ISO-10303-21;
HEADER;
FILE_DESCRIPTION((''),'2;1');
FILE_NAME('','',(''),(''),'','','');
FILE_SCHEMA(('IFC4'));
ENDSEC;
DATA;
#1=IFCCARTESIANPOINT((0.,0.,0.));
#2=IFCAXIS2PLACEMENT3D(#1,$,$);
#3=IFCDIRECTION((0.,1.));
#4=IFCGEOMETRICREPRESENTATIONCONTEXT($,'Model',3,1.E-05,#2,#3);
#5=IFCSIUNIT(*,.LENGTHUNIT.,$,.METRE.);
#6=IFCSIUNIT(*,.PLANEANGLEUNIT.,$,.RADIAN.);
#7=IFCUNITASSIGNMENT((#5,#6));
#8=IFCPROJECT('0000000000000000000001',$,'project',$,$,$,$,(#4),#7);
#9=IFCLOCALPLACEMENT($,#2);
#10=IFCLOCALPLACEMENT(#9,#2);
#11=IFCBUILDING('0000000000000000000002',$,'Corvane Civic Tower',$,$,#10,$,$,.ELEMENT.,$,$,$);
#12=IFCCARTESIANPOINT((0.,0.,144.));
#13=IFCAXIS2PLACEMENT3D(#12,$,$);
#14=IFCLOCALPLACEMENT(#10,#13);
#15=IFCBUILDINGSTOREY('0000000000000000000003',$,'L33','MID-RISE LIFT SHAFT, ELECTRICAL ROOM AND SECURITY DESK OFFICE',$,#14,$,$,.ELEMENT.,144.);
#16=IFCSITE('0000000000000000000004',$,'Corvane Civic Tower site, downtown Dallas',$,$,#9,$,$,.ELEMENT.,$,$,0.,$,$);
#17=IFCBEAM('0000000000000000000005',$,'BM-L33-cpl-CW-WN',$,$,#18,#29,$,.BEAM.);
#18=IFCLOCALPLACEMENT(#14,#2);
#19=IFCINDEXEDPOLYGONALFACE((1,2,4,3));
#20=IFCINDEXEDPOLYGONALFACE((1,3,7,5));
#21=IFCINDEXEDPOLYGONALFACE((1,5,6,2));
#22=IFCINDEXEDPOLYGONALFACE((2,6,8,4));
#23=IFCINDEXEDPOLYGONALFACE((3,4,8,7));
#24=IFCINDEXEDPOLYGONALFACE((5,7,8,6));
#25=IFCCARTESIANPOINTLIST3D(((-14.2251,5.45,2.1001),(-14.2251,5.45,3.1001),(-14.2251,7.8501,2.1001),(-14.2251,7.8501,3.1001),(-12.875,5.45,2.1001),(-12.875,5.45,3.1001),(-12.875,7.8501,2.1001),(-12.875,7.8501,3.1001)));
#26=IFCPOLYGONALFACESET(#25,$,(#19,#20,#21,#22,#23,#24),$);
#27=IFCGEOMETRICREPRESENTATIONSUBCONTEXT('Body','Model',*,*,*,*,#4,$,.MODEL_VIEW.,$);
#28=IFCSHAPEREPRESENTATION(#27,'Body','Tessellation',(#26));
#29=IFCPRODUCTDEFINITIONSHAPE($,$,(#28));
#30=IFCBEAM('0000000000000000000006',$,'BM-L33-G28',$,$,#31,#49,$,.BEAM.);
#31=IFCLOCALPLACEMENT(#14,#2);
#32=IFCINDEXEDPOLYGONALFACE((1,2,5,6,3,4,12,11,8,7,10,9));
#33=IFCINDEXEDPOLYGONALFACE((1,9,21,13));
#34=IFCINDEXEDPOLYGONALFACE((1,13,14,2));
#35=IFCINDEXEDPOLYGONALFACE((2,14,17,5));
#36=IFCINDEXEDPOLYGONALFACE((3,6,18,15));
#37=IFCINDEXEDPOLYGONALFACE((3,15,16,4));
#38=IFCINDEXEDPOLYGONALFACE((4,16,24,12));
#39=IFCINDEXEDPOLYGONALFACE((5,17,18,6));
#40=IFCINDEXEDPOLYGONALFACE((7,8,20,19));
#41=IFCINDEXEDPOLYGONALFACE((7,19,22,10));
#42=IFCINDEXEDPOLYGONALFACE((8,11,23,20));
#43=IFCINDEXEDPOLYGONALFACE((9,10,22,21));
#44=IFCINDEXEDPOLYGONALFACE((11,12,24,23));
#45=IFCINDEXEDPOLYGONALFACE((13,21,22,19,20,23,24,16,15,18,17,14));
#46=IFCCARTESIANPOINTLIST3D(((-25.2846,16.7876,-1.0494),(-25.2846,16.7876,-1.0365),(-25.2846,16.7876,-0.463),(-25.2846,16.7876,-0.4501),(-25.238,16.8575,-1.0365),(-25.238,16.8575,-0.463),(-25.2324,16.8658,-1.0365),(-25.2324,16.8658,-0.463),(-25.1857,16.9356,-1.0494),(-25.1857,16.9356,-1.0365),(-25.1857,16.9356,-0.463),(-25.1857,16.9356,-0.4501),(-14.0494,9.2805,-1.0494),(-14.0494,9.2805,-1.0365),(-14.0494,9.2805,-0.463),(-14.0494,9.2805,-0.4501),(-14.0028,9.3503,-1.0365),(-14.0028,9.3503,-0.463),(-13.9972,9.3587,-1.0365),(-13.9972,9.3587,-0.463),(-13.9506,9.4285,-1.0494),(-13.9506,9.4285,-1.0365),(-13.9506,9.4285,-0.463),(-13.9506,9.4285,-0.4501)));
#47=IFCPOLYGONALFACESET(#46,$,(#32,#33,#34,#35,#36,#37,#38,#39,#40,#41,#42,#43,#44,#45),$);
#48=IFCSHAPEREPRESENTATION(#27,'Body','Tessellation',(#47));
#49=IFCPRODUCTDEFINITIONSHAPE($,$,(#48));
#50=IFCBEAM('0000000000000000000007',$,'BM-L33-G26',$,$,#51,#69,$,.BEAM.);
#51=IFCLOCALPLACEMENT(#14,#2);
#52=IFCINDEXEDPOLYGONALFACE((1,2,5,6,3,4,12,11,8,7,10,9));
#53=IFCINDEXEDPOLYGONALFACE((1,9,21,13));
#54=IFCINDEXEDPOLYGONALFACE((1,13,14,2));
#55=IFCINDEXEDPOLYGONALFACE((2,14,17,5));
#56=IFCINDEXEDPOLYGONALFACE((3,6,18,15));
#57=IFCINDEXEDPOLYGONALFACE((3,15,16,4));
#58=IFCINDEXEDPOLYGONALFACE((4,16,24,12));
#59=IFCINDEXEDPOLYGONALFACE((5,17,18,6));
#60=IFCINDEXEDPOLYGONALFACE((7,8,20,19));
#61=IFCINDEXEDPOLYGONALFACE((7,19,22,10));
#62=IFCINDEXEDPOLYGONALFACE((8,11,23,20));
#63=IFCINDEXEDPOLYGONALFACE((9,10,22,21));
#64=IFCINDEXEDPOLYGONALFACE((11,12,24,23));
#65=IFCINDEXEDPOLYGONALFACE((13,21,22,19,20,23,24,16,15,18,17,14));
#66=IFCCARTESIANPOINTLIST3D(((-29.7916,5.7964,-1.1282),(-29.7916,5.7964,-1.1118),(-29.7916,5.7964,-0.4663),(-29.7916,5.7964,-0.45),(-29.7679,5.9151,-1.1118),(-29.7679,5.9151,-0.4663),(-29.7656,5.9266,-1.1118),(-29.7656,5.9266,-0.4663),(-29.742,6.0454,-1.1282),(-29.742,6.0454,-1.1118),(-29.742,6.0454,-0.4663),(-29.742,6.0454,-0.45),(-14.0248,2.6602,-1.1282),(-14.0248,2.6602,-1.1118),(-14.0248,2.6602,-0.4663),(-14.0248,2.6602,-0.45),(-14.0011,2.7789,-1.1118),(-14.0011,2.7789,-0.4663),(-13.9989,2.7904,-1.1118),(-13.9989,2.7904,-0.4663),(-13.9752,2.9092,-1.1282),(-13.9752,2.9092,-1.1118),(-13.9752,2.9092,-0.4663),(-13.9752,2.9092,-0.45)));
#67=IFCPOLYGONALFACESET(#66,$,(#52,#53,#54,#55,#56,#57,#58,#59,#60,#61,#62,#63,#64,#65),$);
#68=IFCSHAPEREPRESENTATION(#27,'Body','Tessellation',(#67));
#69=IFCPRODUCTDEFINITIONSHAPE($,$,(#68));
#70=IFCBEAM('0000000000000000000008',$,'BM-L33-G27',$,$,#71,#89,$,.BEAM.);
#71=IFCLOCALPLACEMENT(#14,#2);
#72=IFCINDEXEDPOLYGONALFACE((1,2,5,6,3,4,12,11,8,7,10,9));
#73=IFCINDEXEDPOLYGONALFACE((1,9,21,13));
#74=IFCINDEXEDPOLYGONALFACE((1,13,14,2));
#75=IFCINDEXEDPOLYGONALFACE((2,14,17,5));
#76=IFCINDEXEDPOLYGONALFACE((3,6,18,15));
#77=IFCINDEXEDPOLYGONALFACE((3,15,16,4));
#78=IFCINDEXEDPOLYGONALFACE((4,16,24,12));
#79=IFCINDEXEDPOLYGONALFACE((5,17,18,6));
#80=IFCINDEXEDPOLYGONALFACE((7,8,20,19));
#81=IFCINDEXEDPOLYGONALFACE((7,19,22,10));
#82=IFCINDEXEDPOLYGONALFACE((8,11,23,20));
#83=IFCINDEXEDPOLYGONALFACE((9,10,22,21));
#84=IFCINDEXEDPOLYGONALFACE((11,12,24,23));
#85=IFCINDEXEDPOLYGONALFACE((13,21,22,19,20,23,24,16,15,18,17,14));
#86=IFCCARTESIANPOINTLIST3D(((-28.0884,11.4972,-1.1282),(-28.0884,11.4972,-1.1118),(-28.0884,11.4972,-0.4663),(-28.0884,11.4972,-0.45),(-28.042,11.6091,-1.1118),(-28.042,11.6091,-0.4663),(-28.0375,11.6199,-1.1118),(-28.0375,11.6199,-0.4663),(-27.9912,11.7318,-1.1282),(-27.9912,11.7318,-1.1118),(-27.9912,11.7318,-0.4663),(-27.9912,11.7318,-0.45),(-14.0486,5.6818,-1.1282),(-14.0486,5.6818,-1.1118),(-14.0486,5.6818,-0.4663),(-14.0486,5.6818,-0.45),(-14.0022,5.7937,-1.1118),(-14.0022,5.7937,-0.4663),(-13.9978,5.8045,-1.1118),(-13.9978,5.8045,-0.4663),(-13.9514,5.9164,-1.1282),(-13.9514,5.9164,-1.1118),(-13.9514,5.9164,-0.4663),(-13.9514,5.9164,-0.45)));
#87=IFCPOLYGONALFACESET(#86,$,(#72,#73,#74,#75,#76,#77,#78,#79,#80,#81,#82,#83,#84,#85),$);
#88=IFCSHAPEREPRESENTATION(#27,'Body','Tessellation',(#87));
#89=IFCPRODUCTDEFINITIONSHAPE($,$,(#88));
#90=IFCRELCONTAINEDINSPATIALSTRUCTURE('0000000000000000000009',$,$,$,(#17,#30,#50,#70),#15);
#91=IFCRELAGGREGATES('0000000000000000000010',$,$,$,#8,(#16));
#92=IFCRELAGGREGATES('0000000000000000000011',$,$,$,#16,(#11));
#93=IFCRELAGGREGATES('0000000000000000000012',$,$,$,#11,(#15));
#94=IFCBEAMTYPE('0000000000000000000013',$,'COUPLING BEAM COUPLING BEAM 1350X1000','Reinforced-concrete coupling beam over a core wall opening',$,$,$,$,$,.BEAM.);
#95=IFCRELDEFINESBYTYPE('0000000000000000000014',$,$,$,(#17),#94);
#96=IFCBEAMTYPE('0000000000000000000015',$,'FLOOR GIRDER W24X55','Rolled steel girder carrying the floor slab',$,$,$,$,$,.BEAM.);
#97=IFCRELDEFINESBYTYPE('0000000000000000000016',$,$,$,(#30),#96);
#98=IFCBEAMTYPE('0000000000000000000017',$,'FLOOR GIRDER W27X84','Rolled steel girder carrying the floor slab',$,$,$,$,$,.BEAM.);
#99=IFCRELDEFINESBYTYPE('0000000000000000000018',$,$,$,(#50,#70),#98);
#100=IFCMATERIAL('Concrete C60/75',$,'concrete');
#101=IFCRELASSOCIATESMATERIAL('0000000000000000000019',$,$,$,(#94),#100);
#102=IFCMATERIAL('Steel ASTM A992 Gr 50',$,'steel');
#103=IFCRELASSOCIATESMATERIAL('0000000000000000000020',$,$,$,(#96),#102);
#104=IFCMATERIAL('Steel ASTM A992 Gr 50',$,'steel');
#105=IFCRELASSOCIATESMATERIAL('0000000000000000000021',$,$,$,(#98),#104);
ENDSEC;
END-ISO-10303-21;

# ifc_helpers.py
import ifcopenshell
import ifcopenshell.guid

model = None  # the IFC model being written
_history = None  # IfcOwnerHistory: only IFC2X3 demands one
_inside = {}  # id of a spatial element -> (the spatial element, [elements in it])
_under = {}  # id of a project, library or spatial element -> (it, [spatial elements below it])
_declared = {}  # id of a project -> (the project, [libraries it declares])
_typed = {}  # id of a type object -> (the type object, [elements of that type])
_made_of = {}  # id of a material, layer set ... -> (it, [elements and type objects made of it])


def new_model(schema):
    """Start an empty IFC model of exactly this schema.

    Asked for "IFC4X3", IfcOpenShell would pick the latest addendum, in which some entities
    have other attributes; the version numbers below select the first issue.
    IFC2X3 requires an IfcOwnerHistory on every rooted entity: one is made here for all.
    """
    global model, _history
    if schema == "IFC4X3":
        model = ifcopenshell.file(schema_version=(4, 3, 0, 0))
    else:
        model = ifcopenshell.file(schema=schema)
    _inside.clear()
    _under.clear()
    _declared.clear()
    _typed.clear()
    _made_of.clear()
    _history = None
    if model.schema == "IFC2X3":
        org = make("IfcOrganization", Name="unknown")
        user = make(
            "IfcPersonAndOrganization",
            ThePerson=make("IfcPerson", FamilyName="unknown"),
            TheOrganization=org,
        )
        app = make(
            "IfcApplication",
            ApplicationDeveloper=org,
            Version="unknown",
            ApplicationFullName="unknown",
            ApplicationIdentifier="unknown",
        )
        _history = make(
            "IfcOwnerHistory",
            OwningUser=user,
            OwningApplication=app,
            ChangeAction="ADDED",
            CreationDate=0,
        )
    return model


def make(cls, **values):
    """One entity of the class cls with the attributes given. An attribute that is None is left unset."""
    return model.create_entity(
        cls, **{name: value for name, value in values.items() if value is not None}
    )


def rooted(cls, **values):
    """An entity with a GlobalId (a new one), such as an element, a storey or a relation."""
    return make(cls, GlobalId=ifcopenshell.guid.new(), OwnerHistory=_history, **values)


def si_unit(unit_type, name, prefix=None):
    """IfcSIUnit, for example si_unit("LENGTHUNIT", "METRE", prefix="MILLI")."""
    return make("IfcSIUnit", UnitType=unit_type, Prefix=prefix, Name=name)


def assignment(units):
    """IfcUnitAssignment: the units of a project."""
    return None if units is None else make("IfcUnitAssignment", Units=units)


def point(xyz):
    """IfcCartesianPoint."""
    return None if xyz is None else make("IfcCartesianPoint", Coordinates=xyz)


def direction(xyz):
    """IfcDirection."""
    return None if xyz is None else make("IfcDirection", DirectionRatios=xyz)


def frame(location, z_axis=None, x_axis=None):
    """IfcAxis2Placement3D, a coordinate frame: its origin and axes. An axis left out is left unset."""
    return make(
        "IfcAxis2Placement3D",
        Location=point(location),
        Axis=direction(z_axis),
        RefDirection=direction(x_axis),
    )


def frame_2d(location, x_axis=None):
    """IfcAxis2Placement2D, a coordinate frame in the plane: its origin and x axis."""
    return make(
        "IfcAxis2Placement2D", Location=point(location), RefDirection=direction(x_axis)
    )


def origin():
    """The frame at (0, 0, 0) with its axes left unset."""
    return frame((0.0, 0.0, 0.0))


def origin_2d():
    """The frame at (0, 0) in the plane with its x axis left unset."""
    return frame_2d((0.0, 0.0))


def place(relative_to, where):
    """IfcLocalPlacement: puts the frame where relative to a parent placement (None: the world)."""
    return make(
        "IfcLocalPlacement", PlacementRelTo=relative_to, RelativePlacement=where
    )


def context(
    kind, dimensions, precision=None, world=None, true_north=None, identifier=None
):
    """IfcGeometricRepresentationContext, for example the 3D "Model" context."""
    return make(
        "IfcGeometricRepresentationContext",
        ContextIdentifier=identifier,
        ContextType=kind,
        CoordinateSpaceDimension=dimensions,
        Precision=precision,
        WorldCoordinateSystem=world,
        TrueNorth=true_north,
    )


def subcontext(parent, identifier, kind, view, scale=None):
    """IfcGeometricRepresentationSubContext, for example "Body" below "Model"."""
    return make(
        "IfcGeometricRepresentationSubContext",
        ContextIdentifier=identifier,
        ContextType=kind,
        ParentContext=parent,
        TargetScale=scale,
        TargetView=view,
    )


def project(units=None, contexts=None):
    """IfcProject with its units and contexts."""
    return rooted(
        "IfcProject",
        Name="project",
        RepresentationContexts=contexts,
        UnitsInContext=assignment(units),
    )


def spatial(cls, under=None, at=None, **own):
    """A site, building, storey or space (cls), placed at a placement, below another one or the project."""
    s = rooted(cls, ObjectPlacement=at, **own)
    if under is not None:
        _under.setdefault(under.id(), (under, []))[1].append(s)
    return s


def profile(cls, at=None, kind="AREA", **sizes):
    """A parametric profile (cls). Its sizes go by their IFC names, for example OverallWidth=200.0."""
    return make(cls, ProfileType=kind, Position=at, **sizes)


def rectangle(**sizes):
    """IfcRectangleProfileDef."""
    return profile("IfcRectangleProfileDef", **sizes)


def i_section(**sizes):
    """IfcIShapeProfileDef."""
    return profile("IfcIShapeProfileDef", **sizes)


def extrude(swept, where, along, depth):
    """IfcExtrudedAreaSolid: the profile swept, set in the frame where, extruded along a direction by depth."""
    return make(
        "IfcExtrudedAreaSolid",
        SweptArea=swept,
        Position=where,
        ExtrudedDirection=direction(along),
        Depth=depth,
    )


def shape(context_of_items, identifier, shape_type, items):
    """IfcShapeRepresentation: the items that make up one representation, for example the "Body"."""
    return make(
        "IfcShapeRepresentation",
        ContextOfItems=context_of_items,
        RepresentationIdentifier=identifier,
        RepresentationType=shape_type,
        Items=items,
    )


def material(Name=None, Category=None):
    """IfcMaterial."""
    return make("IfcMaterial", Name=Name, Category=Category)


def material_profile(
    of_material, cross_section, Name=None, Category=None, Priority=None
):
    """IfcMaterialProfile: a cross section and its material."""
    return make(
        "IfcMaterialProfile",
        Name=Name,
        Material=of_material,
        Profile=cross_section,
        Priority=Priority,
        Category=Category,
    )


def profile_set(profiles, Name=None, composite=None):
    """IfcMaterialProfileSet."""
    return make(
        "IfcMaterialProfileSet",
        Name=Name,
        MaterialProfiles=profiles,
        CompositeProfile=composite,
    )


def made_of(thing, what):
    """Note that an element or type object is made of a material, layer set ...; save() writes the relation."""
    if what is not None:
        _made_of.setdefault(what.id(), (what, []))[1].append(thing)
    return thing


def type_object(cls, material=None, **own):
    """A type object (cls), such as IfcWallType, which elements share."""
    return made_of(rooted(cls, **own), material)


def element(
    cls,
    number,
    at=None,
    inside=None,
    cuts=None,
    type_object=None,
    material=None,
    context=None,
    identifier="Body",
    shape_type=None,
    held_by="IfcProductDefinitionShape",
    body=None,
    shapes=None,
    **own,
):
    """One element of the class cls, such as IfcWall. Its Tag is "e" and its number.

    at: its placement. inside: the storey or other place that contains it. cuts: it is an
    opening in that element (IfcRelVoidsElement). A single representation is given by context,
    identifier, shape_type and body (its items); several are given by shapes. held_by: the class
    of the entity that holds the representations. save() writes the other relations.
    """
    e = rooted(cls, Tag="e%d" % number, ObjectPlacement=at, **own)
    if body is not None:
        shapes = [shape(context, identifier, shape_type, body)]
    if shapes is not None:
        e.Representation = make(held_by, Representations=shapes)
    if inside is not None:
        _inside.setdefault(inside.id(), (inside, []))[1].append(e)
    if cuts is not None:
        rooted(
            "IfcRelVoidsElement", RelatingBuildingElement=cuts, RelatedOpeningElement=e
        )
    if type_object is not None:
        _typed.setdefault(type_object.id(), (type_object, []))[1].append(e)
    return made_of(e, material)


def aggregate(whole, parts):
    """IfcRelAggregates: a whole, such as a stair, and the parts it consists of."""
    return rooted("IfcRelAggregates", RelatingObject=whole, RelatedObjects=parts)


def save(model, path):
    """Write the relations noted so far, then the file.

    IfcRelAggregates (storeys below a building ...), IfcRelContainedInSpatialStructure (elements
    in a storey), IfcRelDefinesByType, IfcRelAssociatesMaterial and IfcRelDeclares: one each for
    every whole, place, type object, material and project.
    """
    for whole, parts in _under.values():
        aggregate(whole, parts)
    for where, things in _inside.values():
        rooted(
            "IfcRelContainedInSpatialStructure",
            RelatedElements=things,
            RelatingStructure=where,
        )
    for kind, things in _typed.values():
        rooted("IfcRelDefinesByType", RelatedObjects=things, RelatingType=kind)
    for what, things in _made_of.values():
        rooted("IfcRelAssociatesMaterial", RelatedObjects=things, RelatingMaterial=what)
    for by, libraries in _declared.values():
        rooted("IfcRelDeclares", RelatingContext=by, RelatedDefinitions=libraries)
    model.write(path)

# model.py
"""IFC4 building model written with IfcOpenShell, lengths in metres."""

from ifc_helpers import new_model, si_unit, direction, frame, origin, origin_2d, place, context, subcontext, project, spatial, rectangle, i_section, extrude, material, material_profile, profile_set, type_object, element, save


model = new_model("IFC4")

# Units and contexts
model_context = context("Model", 3, precision=1e-05, world=origin(), true_north=direction((0.0, 1.0)))
body_context = subcontext(model_context, "Body", "Model", "MODEL_VIEW")
ifc_project = project(units=[si_unit("LENGTHUNIT", "METRE"), si_unit("PLANEANGLEUNIT", "RADIAN")], contexts=[model_context])

# Site, building, storey
site_placement = place(None, origin())
site = spatial("IfcSite", under=ifc_project, at=site_placement, Name="Corvane Civic Tower site, downtown Dallas", CompositionType="ELEMENT", RefElevation=0.0)
building_placement = place(site_placement, origin())
building = spatial("IfcBuilding", under=site, at=building_placement, Name="Corvane Civic Tower", CompositionType="ELEMENT")
storey_placement = place(building_placement, frame((0.0, 0.0, 144.0)))
storey = spatial("IfcBuildingStorey", under=building, at=storey_placement, Name="L33", Description="MID-RISE LIFT SHAFT, ELECTRICAL ROOM AND SECURITY DESK OFFICE", CompositionType="ELEMENT", Elevation=144.0)

# Beams
ifc_material_1 = material(Name="Concrete C60/75", Category="concrete")
ifc_material_profile_1 = material_profile(ifc_material_1, rectangle(XDim=1.3501, YDim=1.0, at=origin_2d()), Name="COUPLING BEAM 1350X1000")
ifc_profile_set_1 = profile_set([ifc_material_profile_1], Name="Concrete C60/75")
beam_type_1 = type_object("IfcBeamType", Name="COUPLING BEAM COUPLING BEAM 1350X1000", Description="Reinforced-concrete coupling beam over a core wall opening", PredefinedType="BEAM", material=ifc_profile_set_1)
beam_1_placement = place(storey_placement, frame((-13.55, 5.45, 2.6001), z_axis=(0.0, 1.0, 0.0), x_axis=(-1.0, 0.0, 0.0)))
element("IfcBeam", 1, at=beam_1_placement, inside=storey, type_object=beam_type_1, Name="BM-L33-cpl-CW-WN", PredefinedType="BEAM", context=body_context, shape_type="SweptSolid", body=[
    extrude(rectangle(XDim=1.3501, YDim=1.0, at=origin_2d()), origin(), (0.0, 0.0, 1.0), 2.4001),
])
ifc_material_2 = material(Name="Steel ASTM A992 Gr 50", Category="steel")
ifc_material_profile_2 = material_profile(ifc_material_2, i_section(OverallWidth=0.178, OverallDepth=0.5994, WebThickness=0.01, FlangeThickness=0.0129, at=origin_2d()), Name="W24X55")
ifc_profile_set_2 = profile_set([ifc_material_profile_2], Name="Steel ASTM A992 Gr 50")
beam_type_2 = type_object("IfcBeamType", Name="FLOOR GIRDER W24X55", Description="Rolled steel girder carrying the floor slab", PredefinedType="BEAM", material=ifc_profile_set_2)
beam_2_placement = place(storey_placement, frame((-14.0, 9.3545, -0.7498), z_axis=(-0.831469, 0.555571, 0.0), x_axis=(-0.555571, -0.831469, 0.0)))
element("IfcBeam", 2, at=beam_2_placement, inside=storey, type_object=beam_type_2, Name="BM-L33-G28", PredefinedType="BEAM", context=body_context, shape_type="SweptSolid", body=[
    extrude(i_section(OverallWidth=0.178, OverallDepth=0.5994, WebThickness=0.01, FlangeThickness=0.0129, at=origin_2d()), origin(), (0.0, 0.0, 1.0), 13.5125),
])
ifc_material_3 = material(Name="Steel ASTM A992 Gr 50", Category="steel")
ifc_material_profile_3 = material_profile(ifc_material_3, i_section(OverallWidth=0.2539, OverallDepth=0.6782, WebThickness=0.0117, FlangeThickness=0.0164, at=origin_2d()), Name="W27X84")
ifc_profile_set_3 = profile_set([ifc_material_profile_3], Name="Steel ASTM A992 Gr 50")
beam_type_3 = type_object("IfcBeamType", Name="FLOOR GIRDER W27X84", Description="Rolled steel girder carrying the floor slab", PredefinedType="BEAM", material=ifc_profile_set_3)
beam_3_placement = place(storey_placement, frame((-14.0, 2.7847, -0.7891), z_axis=(-0.980785, 0.195091, 0.0), x_axis=(-0.195091, -0.980785, 0.0)))
element("IfcBeam", 3, at=beam_3_placement, inside=storey, type_object=beam_type_3, Name="BM-L33-G26", PredefinedType="BEAM", context=body_context, shape_type="SweptSolid", body=[
    extrude(i_section(OverallWidth=0.2539, OverallDepth=0.6782, WebThickness=0.0117, FlangeThickness=0.0164, at=origin_2d()), origin(), (0.0, 0.0, 1.0), 16.0757),
])
beam_4_placement = place(storey_placement, frame((-14.0, 5.7991, -0.7891), z_axis=(-0.923881, 0.382681, 0.0), x_axis=(-0.382681, -0.923881, 0.0)))
element("IfcBeam", 4, at=beam_4_placement, inside=storey, type_object=beam_type_3, Name="BM-L33-G27", PredefinedType="BEAM", context=body_context, shape_type="SweptSolid", body=[
    extrude(i_section(OverallWidth=0.2539, OverallDepth=0.6782, WebThickness=0.0117, FlangeThickness=0.0164, at=origin_2d()), origin(), (0.0, 0.0, 1.0), 15.1965),
])

save(model, "model.ifc")
